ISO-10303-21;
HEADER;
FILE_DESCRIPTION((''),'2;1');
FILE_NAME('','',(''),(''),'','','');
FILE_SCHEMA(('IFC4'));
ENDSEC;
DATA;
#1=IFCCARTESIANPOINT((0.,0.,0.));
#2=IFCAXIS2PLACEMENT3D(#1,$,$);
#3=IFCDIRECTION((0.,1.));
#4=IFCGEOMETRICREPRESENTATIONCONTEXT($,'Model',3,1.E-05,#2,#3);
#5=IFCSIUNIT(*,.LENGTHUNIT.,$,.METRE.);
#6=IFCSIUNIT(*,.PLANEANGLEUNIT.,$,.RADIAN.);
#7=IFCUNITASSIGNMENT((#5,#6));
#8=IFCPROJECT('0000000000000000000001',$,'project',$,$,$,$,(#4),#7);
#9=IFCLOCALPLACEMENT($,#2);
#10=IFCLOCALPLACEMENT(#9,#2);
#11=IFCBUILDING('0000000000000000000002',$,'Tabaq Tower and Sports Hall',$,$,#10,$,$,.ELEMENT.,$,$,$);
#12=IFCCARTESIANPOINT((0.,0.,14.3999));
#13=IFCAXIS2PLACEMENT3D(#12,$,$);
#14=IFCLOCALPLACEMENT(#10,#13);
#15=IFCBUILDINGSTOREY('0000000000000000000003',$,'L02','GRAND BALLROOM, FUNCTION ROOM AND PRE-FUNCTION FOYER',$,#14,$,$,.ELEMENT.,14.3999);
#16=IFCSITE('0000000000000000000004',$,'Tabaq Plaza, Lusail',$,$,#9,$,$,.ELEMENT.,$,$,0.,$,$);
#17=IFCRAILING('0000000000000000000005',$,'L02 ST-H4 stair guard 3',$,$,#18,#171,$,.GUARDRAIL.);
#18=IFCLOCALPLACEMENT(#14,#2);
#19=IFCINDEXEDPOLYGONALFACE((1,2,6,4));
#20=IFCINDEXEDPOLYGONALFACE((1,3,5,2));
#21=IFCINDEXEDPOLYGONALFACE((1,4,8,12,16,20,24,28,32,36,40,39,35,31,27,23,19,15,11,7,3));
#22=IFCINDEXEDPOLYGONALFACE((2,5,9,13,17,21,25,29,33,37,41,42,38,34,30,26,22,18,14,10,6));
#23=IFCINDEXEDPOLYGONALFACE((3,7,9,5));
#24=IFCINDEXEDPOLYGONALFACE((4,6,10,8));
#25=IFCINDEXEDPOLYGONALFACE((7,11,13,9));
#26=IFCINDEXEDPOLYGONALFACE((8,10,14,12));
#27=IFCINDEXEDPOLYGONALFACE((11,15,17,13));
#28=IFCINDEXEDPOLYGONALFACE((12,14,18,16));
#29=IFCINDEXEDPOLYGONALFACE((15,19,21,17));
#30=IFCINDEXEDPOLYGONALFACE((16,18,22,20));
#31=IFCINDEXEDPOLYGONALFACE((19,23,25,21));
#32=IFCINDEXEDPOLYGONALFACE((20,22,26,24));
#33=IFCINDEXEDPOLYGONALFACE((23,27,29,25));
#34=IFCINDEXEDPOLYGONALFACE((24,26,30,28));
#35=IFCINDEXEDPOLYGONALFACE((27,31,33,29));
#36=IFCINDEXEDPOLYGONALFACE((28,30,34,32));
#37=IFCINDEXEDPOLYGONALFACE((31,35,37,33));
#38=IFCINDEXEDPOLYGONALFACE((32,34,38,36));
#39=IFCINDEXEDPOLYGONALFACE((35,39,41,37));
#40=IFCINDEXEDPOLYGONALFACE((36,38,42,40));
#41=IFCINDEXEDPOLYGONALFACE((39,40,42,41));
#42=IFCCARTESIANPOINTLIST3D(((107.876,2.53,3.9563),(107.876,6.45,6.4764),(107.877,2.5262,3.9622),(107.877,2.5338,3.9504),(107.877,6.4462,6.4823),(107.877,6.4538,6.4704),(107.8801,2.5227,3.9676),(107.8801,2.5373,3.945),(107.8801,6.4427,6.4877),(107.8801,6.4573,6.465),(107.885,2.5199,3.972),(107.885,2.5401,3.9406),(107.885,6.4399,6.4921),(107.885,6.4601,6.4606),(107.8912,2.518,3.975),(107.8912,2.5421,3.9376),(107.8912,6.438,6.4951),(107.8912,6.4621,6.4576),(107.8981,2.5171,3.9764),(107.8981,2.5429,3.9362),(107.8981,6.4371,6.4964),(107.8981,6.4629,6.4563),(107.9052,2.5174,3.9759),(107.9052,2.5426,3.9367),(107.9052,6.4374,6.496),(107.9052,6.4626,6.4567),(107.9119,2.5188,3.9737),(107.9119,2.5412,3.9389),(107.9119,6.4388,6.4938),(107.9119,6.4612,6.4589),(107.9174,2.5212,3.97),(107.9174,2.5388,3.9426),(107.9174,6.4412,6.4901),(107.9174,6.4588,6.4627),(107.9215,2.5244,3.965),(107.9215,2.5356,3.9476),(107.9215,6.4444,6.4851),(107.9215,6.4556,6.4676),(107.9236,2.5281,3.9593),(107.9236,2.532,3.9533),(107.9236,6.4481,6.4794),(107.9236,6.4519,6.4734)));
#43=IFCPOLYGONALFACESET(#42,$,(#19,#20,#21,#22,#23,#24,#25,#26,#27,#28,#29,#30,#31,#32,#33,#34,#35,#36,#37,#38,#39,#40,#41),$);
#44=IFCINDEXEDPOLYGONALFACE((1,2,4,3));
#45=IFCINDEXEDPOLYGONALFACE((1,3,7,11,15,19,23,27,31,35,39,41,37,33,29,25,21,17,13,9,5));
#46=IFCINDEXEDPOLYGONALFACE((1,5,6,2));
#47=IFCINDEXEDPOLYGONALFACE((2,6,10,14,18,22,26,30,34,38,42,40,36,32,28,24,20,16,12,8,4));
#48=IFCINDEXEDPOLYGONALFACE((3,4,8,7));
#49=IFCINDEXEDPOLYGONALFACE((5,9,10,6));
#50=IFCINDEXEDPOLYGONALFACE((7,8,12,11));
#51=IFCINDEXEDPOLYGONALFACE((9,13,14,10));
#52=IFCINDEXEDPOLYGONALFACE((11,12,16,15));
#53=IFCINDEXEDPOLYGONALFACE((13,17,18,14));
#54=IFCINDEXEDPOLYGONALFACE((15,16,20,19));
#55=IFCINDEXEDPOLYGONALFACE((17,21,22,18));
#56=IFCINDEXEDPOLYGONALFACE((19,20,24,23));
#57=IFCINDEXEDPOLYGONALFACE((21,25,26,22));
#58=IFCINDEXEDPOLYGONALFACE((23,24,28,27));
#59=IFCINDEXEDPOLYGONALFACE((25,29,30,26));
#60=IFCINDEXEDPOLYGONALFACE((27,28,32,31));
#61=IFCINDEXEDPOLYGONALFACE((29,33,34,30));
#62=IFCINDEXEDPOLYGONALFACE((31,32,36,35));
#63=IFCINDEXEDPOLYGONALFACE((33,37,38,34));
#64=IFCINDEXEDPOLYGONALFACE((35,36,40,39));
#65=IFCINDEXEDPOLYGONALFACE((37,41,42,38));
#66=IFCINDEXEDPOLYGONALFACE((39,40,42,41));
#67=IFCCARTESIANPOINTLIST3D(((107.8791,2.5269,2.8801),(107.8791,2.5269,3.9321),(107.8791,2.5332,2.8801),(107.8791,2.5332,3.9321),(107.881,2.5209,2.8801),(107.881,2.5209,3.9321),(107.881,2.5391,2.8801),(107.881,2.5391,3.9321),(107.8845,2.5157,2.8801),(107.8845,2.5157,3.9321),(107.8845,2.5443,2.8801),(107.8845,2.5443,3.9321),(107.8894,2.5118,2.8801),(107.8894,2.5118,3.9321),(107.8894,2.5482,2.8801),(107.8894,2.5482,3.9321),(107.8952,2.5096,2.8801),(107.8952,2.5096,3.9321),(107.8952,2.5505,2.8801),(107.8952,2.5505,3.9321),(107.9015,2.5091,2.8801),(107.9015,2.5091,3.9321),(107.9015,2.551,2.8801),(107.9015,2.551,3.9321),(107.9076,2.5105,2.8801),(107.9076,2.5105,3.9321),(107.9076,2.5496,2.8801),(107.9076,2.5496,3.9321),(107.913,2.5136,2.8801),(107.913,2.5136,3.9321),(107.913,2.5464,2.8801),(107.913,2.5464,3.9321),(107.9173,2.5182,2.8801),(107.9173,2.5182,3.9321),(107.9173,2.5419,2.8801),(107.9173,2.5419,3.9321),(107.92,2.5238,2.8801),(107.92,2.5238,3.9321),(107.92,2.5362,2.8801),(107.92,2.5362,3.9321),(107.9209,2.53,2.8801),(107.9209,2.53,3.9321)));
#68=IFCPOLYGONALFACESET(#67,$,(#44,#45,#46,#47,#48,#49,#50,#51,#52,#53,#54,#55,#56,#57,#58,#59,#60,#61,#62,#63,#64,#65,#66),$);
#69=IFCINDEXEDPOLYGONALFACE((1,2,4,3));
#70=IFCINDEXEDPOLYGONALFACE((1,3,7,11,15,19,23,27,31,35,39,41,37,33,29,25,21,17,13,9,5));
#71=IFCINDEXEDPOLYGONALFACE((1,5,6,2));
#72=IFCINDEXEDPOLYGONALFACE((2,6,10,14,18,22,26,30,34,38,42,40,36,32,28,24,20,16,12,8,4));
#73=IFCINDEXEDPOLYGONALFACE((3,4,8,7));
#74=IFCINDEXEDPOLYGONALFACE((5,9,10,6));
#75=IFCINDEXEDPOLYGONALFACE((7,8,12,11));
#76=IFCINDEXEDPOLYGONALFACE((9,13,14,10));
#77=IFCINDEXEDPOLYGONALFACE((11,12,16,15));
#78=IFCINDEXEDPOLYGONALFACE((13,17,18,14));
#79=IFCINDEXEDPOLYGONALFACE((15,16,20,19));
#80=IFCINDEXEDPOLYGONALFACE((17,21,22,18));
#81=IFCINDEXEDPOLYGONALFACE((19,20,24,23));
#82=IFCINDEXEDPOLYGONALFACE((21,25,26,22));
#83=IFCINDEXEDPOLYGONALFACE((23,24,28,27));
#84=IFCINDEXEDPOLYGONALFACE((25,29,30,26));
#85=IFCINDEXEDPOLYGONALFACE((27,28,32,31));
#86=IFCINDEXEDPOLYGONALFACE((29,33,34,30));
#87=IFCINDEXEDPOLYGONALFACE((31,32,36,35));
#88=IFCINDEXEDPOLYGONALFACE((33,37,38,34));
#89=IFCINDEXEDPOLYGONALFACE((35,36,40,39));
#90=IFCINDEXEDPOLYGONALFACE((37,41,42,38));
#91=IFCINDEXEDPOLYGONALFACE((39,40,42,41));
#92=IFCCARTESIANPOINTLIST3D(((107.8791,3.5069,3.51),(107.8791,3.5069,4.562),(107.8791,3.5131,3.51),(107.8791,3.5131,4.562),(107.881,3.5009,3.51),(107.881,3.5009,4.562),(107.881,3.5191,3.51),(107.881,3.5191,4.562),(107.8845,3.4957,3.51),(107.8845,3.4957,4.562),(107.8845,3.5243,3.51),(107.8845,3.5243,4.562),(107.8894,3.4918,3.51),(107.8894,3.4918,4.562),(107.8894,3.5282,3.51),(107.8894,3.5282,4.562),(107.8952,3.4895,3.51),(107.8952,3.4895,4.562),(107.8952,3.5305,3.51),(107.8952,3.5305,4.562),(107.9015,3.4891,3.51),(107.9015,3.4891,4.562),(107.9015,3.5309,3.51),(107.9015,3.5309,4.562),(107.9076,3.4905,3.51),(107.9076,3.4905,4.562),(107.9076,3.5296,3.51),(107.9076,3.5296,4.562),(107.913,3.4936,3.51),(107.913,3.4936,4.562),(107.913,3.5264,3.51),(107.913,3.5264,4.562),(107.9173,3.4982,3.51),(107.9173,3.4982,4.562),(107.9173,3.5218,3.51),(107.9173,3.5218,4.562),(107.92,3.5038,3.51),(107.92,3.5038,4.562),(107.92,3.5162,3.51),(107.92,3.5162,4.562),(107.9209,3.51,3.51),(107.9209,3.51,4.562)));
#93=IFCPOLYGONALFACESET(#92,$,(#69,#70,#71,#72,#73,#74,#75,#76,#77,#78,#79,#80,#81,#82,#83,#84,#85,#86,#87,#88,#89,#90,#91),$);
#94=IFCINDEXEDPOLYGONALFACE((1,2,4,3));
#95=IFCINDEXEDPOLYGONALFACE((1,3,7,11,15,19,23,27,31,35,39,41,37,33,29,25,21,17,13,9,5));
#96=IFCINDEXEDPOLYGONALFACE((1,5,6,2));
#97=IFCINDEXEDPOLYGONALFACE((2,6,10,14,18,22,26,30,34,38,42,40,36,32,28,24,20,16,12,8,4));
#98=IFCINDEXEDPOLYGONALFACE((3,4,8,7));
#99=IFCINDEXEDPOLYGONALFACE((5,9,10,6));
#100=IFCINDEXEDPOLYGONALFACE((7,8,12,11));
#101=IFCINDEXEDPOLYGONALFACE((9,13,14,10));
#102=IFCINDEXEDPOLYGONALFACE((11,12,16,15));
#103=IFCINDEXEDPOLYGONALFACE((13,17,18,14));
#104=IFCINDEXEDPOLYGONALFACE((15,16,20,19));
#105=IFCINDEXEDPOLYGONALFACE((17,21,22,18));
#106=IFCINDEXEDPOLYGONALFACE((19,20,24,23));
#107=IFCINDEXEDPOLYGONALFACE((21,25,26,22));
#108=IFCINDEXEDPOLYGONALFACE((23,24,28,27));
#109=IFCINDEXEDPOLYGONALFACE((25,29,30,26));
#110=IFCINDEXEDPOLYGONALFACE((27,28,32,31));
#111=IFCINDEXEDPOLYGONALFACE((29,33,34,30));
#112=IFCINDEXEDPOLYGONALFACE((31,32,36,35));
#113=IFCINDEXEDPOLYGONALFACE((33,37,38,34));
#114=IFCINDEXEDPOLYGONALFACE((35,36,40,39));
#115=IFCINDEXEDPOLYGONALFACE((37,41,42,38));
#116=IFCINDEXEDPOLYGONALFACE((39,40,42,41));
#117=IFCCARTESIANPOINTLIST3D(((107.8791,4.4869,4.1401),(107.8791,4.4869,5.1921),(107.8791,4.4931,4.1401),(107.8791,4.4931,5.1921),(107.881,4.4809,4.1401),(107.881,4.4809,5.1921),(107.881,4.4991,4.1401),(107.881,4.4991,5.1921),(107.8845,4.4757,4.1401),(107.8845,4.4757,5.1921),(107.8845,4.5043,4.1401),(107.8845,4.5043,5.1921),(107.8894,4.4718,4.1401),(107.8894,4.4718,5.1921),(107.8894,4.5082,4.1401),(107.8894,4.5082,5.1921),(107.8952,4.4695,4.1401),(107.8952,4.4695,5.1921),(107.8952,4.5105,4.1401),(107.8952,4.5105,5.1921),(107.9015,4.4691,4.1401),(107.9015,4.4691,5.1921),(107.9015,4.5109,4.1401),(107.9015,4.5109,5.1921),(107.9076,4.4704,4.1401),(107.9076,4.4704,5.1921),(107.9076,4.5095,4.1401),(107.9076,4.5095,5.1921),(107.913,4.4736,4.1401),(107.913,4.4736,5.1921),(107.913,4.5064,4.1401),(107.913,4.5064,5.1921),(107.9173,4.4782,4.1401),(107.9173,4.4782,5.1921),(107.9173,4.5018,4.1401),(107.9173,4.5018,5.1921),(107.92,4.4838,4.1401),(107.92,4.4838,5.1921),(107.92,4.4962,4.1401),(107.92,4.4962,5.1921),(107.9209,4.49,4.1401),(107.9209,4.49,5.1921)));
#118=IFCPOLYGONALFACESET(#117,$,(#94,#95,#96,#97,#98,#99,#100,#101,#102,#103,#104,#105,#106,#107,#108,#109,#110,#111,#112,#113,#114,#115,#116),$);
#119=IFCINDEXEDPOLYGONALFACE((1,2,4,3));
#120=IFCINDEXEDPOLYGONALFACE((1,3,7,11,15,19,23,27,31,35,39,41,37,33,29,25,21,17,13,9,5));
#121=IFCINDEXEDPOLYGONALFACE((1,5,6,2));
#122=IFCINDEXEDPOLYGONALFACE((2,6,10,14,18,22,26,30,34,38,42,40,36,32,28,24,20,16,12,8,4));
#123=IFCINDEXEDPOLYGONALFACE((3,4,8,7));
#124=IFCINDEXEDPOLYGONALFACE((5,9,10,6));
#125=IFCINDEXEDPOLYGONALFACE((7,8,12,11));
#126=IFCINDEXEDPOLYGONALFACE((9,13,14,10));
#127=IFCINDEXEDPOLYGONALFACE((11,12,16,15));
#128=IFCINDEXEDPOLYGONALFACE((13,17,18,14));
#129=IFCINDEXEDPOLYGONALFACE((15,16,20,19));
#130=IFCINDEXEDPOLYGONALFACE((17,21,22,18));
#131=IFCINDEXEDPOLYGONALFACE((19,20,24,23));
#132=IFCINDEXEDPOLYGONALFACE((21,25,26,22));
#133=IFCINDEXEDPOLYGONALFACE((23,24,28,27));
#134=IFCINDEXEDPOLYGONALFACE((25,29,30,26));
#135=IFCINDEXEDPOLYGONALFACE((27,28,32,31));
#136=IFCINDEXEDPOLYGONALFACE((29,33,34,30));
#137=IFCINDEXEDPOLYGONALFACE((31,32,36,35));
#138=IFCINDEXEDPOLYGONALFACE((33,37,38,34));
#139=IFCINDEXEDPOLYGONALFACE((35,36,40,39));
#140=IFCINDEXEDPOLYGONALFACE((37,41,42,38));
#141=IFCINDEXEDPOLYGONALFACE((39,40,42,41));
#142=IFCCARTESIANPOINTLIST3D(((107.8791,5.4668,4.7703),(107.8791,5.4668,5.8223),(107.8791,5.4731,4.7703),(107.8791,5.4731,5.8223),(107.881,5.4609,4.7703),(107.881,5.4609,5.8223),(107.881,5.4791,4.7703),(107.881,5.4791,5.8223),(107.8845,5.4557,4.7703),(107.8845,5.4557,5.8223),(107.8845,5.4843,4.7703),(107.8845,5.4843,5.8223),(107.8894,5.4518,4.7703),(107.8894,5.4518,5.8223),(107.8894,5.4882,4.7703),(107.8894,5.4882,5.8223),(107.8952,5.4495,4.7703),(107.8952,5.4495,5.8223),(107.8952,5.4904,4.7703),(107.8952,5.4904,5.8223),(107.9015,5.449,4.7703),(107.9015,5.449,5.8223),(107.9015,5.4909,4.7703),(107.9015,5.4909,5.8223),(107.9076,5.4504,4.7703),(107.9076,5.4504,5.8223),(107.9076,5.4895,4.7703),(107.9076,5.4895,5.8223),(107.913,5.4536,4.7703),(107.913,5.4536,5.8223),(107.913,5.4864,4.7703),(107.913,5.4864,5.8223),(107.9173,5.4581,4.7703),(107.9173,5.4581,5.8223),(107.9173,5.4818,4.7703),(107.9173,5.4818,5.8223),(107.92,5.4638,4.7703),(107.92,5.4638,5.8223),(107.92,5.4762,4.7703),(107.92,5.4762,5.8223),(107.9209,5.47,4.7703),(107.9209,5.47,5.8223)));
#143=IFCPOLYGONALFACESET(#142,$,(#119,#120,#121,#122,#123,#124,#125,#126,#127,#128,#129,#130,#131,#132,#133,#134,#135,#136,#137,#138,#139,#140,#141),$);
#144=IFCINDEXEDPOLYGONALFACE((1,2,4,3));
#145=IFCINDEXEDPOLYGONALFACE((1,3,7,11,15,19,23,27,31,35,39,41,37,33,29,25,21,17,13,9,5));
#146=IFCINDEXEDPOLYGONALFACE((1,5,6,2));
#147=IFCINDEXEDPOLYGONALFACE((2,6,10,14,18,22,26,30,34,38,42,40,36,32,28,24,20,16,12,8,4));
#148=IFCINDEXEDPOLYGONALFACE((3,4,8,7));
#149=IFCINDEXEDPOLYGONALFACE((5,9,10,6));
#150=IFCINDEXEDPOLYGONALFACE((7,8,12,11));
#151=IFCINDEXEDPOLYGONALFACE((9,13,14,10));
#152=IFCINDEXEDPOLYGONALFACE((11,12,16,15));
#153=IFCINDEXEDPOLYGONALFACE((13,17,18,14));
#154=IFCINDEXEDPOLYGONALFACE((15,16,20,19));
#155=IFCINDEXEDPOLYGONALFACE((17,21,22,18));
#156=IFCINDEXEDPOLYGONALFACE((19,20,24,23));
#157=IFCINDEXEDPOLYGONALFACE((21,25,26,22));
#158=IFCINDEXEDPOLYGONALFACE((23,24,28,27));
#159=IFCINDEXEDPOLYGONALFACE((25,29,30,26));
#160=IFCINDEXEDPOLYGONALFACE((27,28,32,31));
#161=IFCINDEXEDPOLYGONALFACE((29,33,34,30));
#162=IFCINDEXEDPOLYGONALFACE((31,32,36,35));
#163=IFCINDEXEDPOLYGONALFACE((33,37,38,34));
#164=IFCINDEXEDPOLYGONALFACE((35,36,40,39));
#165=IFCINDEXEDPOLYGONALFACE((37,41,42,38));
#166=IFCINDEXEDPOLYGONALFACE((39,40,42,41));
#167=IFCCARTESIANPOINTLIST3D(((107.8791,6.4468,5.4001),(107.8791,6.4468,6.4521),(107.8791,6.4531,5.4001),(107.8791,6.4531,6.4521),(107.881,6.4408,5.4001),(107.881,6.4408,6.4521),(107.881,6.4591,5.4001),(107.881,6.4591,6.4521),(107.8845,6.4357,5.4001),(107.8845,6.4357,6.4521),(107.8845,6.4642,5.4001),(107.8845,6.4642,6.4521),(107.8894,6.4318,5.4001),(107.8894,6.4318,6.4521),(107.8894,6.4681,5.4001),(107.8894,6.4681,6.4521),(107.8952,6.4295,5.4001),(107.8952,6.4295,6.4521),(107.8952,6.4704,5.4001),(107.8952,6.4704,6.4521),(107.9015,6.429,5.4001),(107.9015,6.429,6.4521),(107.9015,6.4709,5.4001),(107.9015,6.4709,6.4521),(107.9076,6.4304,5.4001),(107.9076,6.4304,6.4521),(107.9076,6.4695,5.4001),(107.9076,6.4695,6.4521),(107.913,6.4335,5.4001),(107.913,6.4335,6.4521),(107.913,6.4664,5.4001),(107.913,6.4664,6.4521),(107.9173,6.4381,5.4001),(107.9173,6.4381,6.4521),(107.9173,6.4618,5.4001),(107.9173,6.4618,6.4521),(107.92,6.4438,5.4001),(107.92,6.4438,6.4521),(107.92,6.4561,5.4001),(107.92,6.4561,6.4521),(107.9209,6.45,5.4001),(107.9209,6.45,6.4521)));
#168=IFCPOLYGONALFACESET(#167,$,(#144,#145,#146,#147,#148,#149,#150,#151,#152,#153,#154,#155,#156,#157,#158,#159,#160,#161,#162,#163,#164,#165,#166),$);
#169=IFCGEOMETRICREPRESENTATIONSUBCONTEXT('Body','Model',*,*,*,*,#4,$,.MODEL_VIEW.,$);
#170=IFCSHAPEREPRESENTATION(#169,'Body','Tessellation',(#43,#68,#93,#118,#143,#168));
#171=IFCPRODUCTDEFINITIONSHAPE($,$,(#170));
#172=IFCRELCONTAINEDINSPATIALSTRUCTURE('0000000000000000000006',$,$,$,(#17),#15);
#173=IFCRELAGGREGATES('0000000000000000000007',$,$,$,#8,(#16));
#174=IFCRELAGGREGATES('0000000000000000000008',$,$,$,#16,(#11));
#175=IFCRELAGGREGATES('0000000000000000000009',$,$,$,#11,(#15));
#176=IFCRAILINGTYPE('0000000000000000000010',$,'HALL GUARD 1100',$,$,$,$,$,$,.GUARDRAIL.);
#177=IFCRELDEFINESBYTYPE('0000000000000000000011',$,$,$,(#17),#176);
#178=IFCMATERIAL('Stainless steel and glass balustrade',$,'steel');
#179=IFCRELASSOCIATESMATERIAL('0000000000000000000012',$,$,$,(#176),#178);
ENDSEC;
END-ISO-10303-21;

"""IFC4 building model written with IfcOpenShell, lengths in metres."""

from ifc_helpers import new_model, si_unit, direction, frame, origin, origin_2d, place, context, subcontext, project, spatial, circle, extrude, material, type_object, element, save


model = new_model("IFC4")

# Units and contexts
model_context = context("Model", 3, precision=1e-05, world=origin(), true_north=direction((0.0, 1.0)))
body_context = subcontext(model_context, "Body", "Model", "MODEL_VIEW")
ifc_project = project(units=[si_unit("LENGTHUNIT", "METRE"), si_unit("PLANEANGLEUNIT", "RADIAN")], contexts=[model_context])

# Site, building, storey
site_placement = place(None, origin())
site = spatial("IfcSite", under=ifc_project, at=site_placement, Name="Tabaq Plaza, Lusail", CompositionType="ELEMENT", RefElevation=0.0)
building_placement = place(site_placement, origin())
building = spatial("IfcBuilding", under=site, at=building_placement, Name="Tabaq Tower and Sports Hall", CompositionType="ELEMENT")
storey_placement = place(building_placement, frame((0.0, 0.0, 14.3999)))
storey = spatial("IfcBuildingStorey", under=building, at=storey_placement, Name="L02", Description="GRAND BALLROOM, FUNCTION ROOM AND PRE-FUNCTION FOYER", CompositionType="ELEMENT", Elevation=14.3999)

# Railing
ifc_material_1 = material(Name="Stainless steel and glass balustrade", Category="steel")
railing_type_1 = type_object("IfcRailingType", Name="HALL GUARD 1100", PredefinedType="GUARDRAIL", material=ifc_material_1)
railing_1_placement = place(storey_placement, frame((107.8999, 2.53, 2.8801)))
element("IfcRailing", 1, at=railing_1_placement, inside=storey, type_object=railing_type_1, Name="L02 ST-H4 stair guard 3", PredefinedType="GUARDRAIL", context=body_context, shape_type="SweptSolid", body=[
    extrude(circle(Radius=0.0239, at=origin_2d()), frame((0.0, 0.0, 1.0762), z_axis=(0.0, 0.841172, 0.540768), x_axis=(-1.0, 0.0, 0.0)), (0.0, 0.0, 1.0), 4.6602),
    extrude(circle(Radius=0.021, at=origin_2d()), origin(), (0.0, 0.0, 1.0), 1.052),
    extrude(circle(Radius=0.021, at=origin_2d()), frame((0.0, 0.98, 0.6299)), (0.0, 0.0, 1.0), 1.052),
    extrude(circle(Radius=0.021, at=origin_2d()), frame((0.0, 1.96, 1.26)), (0.0, 0.0, 1.0), 1.052),
    extrude(circle(Radius=0.021, at=origin_2d()), frame((0.0, 2.9399, 1.8901)), (0.0, 0.0, 1.0), 1.052),
    extrude(circle(Radius=0.021, at=origin_2d()), frame((0.0, 3.9199, 2.52)), (0.0, 0.0, 1.0), 1.052),
])

save(model, "model.ifc")
